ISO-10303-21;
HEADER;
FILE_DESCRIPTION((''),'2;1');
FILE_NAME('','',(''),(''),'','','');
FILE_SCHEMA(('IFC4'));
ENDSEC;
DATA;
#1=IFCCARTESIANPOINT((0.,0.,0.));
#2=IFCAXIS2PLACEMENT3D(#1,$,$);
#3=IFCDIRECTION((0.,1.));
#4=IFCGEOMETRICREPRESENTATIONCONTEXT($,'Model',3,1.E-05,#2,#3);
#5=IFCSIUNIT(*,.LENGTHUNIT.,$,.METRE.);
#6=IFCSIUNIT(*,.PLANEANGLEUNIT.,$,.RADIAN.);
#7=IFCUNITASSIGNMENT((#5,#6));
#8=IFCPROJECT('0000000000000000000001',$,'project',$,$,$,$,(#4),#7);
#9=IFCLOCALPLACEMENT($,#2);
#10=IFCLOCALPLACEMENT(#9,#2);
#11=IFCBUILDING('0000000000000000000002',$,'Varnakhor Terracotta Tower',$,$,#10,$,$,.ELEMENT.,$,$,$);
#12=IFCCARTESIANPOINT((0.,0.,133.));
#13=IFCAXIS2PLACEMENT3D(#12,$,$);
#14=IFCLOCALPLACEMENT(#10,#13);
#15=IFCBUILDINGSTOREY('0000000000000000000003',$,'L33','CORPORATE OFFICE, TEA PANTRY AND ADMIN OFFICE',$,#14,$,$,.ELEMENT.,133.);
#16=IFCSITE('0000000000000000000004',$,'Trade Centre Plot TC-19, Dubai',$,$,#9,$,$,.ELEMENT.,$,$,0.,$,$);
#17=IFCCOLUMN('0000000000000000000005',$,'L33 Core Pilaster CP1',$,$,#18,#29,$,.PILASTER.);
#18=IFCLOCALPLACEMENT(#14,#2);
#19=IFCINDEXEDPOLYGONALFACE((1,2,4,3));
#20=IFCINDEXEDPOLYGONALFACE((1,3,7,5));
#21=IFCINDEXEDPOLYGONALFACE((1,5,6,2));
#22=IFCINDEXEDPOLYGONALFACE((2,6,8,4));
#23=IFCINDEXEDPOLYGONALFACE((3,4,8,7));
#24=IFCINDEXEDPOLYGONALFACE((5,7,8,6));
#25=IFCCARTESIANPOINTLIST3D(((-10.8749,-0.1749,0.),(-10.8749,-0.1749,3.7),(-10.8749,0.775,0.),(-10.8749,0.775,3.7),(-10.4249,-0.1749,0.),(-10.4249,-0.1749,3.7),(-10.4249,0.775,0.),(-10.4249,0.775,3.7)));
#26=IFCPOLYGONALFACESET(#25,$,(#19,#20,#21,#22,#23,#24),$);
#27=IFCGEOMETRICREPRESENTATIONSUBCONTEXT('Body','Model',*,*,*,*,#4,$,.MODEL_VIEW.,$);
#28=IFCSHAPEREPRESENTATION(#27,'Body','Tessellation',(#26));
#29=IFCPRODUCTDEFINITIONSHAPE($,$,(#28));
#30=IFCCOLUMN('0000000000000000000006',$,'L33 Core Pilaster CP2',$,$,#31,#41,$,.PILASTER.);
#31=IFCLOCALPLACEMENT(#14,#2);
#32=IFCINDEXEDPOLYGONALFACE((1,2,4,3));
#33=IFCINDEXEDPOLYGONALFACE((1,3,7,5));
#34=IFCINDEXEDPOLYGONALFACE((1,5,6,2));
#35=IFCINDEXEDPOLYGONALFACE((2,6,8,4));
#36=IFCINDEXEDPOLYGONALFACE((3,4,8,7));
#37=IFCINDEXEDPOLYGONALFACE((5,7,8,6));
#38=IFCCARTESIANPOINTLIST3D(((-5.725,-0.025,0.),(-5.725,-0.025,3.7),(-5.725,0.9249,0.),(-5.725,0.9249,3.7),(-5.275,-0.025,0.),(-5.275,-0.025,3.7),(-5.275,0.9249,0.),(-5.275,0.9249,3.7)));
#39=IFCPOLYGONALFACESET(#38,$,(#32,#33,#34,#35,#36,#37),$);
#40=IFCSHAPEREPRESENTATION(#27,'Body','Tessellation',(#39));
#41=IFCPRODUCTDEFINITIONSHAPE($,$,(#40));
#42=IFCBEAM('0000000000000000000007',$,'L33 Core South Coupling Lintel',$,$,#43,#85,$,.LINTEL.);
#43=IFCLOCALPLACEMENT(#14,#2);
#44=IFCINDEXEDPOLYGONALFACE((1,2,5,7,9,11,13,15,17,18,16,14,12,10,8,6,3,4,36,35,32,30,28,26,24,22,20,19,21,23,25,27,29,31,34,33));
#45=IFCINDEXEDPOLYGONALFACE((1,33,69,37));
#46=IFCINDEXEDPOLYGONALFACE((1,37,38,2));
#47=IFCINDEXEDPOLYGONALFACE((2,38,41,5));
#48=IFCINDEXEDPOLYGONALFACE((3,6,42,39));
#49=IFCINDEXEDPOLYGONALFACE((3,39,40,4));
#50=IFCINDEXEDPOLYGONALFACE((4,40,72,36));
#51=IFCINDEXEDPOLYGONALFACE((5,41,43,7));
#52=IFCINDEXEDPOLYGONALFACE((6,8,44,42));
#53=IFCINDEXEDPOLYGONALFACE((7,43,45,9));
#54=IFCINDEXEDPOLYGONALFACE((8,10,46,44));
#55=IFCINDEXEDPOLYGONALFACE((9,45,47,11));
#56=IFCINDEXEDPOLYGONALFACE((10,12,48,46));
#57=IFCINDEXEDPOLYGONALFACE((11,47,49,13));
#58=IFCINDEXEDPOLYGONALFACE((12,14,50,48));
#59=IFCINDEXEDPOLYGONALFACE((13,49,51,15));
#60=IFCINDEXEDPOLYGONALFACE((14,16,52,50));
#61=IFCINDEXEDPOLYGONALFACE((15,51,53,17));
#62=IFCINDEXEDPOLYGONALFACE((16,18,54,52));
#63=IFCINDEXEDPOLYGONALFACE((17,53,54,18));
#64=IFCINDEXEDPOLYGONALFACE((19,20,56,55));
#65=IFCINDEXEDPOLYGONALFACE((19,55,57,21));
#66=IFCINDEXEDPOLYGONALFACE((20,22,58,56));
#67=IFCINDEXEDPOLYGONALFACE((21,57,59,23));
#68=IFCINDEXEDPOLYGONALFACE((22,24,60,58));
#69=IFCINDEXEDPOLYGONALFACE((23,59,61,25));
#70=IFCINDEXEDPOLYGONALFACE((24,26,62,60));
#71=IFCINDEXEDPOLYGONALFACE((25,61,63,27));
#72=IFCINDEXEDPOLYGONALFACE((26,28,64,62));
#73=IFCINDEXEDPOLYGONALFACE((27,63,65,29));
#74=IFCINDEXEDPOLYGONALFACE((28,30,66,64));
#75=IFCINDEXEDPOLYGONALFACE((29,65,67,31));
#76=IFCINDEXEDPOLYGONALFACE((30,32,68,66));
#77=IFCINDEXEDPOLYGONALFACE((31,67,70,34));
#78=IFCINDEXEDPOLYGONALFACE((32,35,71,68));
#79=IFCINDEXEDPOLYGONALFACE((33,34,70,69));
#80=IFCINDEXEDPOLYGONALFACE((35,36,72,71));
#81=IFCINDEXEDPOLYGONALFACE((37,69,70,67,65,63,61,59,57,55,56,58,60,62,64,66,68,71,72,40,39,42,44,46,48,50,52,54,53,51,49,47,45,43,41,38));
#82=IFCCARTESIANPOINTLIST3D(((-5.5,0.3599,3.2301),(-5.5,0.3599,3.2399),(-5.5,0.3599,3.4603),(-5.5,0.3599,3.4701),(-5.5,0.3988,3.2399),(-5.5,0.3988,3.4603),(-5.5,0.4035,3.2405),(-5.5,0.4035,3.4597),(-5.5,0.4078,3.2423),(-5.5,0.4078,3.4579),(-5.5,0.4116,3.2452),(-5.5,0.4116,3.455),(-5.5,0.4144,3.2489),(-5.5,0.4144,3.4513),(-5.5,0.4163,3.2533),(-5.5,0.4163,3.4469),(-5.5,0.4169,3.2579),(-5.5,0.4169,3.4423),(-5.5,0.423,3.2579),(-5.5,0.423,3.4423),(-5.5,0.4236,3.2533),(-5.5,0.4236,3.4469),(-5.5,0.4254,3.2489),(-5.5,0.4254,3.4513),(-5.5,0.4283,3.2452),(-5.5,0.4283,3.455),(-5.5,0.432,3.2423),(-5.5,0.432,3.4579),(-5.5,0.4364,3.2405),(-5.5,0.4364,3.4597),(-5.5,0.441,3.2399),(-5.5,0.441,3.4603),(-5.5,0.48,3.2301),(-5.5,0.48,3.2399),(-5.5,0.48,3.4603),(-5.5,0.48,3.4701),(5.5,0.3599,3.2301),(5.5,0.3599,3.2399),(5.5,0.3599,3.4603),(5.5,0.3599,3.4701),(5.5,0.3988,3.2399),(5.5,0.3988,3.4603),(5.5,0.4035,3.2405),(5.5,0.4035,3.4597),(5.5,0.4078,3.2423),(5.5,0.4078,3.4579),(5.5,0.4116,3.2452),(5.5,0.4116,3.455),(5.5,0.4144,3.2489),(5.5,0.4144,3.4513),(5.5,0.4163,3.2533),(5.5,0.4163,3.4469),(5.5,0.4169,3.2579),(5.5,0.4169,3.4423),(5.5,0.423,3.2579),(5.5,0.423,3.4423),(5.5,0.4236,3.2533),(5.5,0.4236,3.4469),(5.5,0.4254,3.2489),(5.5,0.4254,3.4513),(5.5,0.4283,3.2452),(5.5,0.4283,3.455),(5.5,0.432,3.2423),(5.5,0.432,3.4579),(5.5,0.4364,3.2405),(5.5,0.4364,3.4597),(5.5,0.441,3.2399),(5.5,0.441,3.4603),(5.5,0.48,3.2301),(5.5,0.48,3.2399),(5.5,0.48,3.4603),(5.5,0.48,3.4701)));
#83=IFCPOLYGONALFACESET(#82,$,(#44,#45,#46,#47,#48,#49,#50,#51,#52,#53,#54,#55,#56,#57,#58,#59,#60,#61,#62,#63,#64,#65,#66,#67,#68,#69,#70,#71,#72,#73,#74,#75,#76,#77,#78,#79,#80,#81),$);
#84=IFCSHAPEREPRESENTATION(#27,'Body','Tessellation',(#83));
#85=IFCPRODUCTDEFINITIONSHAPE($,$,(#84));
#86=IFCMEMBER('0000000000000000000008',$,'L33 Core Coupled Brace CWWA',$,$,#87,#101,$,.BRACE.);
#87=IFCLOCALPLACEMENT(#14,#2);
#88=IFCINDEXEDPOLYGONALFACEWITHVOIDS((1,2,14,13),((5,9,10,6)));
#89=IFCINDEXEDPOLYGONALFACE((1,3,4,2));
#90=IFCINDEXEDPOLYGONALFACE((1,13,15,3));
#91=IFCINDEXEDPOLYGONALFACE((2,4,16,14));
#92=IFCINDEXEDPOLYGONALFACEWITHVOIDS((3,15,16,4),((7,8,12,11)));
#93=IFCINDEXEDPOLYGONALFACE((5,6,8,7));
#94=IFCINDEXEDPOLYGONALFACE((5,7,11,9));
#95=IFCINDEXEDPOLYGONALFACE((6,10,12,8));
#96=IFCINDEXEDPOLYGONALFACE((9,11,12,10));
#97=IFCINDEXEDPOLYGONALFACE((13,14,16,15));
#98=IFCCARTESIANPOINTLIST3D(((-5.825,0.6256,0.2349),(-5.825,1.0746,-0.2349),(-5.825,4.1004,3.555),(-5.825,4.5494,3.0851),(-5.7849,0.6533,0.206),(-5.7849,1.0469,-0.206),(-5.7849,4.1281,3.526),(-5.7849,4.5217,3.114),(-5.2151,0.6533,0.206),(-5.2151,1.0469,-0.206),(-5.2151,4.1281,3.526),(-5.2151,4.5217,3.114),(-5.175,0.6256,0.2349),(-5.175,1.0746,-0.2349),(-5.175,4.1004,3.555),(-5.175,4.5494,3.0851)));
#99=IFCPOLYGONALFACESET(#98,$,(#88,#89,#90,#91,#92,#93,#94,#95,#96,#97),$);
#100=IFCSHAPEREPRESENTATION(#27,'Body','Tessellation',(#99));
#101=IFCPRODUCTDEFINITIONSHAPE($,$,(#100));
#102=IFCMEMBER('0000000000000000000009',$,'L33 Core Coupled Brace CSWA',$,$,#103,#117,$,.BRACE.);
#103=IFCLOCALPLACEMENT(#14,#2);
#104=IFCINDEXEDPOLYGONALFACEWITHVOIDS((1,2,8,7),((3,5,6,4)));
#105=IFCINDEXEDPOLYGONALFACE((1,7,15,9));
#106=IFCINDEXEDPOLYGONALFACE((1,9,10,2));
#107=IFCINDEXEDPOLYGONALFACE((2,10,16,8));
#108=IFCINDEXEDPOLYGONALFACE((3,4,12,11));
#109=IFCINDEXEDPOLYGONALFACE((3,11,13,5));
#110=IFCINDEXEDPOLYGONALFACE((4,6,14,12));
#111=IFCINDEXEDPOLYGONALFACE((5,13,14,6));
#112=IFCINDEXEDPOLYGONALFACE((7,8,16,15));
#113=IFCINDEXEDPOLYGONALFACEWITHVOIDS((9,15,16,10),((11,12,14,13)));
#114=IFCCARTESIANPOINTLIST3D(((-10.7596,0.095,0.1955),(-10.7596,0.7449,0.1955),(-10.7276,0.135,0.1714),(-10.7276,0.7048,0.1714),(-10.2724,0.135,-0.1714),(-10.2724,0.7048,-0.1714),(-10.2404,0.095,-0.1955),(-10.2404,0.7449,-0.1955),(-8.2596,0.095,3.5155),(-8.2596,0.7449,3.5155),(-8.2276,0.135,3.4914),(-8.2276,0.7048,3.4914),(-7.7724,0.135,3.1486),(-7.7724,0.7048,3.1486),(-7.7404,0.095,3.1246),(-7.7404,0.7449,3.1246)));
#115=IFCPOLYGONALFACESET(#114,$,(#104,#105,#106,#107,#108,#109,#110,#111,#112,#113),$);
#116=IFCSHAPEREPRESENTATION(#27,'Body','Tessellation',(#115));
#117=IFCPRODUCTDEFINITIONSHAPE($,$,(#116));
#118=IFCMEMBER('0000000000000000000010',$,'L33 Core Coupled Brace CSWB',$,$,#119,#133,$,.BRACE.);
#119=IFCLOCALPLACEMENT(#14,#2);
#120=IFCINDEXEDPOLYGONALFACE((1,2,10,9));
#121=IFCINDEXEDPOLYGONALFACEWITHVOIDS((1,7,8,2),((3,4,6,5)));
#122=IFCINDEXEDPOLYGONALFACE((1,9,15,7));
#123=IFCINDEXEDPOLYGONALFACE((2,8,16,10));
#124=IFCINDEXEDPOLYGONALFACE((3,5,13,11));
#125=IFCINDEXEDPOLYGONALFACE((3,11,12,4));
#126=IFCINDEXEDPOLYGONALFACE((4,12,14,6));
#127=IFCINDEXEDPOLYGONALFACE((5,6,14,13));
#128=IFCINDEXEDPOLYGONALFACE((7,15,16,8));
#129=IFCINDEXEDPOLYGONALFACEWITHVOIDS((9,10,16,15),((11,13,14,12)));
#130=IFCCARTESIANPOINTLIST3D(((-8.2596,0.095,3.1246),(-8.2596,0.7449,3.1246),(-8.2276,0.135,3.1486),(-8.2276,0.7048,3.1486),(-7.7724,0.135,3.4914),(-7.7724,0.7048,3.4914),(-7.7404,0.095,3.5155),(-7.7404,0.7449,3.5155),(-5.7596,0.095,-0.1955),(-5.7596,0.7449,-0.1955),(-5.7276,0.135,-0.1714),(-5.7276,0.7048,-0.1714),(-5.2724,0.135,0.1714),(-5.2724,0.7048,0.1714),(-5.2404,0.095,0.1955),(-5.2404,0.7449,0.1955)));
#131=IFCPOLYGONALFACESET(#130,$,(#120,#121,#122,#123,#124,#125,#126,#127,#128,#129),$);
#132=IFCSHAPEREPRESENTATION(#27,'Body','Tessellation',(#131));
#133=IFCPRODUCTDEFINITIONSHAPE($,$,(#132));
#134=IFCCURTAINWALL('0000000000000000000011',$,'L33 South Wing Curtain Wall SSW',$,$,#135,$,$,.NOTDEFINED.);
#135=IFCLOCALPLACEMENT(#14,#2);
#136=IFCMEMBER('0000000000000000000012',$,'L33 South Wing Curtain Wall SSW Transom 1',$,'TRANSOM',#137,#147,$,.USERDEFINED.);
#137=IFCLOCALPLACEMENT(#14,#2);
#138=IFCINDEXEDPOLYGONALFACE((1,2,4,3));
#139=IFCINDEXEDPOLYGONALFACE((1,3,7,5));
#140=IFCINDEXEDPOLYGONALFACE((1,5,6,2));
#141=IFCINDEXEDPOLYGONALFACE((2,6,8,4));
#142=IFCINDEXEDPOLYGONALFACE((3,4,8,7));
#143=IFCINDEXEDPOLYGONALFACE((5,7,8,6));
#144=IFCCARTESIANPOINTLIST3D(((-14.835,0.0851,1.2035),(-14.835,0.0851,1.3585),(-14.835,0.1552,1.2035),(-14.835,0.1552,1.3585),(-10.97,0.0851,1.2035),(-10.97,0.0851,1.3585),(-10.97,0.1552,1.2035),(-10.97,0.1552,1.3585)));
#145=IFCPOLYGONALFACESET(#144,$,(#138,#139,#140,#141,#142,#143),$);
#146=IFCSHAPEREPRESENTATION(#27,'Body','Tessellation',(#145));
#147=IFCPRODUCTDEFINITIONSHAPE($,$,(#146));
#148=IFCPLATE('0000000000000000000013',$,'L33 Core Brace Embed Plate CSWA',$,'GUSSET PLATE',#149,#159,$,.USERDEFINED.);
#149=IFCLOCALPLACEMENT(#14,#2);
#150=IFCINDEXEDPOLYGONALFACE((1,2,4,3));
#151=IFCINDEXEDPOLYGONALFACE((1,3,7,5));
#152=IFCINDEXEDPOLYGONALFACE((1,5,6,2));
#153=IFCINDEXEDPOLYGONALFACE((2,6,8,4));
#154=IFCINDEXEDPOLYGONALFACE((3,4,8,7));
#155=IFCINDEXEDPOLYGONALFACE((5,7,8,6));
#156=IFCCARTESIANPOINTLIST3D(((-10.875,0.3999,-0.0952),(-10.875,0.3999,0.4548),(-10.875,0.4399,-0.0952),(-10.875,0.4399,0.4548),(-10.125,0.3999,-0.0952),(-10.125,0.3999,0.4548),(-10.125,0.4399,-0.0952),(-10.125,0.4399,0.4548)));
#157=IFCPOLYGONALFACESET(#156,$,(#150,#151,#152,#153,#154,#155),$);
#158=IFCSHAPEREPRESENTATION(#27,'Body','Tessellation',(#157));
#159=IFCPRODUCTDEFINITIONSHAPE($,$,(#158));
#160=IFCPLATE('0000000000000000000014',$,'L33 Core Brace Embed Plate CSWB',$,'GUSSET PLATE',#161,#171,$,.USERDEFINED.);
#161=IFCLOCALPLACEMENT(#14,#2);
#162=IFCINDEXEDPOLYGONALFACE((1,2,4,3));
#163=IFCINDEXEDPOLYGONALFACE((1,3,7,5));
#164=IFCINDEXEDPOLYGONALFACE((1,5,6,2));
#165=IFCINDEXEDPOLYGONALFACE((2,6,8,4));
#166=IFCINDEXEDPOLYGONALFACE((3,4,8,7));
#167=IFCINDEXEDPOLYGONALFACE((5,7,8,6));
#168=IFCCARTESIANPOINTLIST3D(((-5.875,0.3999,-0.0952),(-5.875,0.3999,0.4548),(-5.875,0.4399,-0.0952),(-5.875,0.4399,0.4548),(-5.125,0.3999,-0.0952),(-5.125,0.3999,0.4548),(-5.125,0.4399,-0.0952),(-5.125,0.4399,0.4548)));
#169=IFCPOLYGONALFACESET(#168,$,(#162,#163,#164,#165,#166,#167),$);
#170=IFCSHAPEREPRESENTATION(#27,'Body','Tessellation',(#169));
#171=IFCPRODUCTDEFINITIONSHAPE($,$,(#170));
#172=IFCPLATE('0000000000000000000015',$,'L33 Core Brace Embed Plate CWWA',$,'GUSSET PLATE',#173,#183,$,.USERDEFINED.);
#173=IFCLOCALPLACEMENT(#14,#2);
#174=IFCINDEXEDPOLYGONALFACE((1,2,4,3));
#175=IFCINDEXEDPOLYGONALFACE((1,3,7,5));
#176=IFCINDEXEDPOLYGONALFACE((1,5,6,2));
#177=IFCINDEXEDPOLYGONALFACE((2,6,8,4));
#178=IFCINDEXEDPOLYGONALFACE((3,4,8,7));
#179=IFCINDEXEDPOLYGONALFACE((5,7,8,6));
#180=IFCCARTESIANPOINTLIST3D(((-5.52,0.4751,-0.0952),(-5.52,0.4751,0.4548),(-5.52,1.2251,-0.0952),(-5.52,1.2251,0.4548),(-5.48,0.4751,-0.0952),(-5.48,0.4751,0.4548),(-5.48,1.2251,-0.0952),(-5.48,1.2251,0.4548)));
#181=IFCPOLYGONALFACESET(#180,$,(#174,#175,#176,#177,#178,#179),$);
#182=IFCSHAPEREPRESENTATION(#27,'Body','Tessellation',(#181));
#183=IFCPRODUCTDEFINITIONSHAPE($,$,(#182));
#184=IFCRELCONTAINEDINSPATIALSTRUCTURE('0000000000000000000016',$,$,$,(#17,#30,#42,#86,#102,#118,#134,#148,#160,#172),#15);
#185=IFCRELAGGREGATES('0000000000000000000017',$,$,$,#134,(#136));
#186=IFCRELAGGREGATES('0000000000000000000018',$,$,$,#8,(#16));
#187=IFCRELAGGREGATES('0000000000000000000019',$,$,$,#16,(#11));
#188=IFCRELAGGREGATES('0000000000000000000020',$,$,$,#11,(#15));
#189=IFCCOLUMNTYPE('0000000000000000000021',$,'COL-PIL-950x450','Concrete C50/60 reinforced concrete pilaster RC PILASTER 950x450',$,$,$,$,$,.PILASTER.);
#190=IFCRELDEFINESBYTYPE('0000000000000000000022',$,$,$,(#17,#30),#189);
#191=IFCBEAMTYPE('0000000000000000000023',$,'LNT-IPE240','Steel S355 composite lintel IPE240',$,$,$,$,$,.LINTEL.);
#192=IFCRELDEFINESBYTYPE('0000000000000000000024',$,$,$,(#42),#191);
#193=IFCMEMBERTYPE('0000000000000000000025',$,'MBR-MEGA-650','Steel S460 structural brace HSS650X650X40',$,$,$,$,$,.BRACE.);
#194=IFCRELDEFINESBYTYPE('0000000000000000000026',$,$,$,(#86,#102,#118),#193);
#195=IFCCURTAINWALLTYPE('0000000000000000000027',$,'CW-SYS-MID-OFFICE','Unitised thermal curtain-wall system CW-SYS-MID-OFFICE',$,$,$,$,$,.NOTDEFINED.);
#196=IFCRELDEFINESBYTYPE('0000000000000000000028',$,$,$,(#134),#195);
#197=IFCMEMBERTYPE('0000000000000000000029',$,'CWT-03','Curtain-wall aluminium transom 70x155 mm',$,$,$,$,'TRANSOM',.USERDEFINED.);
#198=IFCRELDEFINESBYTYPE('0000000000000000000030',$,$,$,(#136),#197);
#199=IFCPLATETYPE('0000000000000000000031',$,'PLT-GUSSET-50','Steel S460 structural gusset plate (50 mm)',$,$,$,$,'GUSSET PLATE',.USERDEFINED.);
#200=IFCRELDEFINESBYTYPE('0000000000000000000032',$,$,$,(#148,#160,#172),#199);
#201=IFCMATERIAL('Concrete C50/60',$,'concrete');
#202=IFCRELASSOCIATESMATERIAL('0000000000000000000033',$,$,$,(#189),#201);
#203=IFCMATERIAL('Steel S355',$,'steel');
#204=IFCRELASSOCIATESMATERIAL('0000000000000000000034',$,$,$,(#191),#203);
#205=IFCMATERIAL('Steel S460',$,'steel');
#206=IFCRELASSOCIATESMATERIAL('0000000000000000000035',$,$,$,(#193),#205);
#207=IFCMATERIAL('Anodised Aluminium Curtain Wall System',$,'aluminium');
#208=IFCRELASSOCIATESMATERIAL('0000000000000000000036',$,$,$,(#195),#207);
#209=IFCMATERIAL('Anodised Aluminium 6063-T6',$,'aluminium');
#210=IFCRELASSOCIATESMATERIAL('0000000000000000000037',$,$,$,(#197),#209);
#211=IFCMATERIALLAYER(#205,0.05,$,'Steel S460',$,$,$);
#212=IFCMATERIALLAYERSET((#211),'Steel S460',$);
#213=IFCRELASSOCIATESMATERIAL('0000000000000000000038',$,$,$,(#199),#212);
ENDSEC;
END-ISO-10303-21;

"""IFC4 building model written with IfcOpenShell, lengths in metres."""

from ifc_helpers import new_model, si_unit, direction, frame, origin, origin_2d, place, context, subcontext, project, spatial, rectangle, hollow_rectangle, i_section, extrude, source, transform, mapped, material, layer, layer_set, material_profile, profile_set, type_object, type_shapes, element, aggregate, save


model = new_model("IFC4")

# Units and contexts
model_context = context("Model", 3, precision=1e-05, world=origin(), true_north=direction((0.0, 1.0)))
body_context = subcontext(model_context, "Body", "Model", "MODEL_VIEW")
ifc_project = project(units=[si_unit("LENGTHUNIT", "METRE"), si_unit("PLANEANGLEUNIT", "RADIAN")], contexts=[model_context])

# Site, building, storey
site_placement = place(None, origin())
site = spatial("IfcSite", under=ifc_project, at=site_placement, Name="Trade Centre Plot TC-19, Dubai", CompositionType="ELEMENT", RefElevation=0.0)
building_placement = place(site_placement, origin())
building = spatial("IfcBuilding", under=site, at=building_placement, Name="Varnakhor Terracotta Tower", CompositionType="ELEMENT")
storey_placement = place(building_placement, frame((0.0, 0.0, 133.0)))
storey = spatial("IfcBuildingStorey", under=building, at=storey_placement, Name="L33", Description="CORPORATE OFFICE, TEA PANTRY AND ADMIN OFFICE", CompositionType="ELEMENT", Elevation=133.0)

# Columns
ifc_material_1 = material(Name="Concrete C50/60", Category="concrete")
ifc_material_profile_1 = material_profile(ifc_material_1, rectangle(XDim=0.45, YDim=0.95, at=origin_2d()), Name="RC PILASTER 950x450")
ifc_profile_set_1 = profile_set([ifc_material_profile_1], Name="Concrete C50/60")
column_type = type_object("IfcColumnType", Name="COL-PIL-950x450", Description="Concrete C50/60 reinforced concrete pilaster RC PILASTER 950x450", PredefinedType="PILASTER", material=ifc_profile_set_1)
shared_shape_1 = source(origin(), body_context, "Body", "SweptSolid", [
    extrude(rectangle(XDim=0.45, YDim=0.95, at=origin_2d()), origin(), (0.0, 0.0, 1.0), 3.7),
])
for number, where, z_axis, x_axis, name in (
    (1, (-10.6499, 0.3, 0.0), (0.0, 0.0, 1.0), (1.0, 0.0, 0.0), "L33 Core Pilaster CP1"),
    (2, (-5.5, 0.45, 0.0), (0.0, 0.0, 1.0), (1.0, 0.0, 0.0), "L33 Core Pilaster CP2"),
):
    element("IfcColumn", number, at=place(storey_placement, frame(where, z_axis=z_axis, x_axis=x_axis)), inside=storey, type_object=column_type, Name=name, PredefinedType="PILASTER", context=body_context, shape_type="MappedRepresentation", body=[
        mapped(shared_shape_1, transform((0.0, 0.0, 0.0), scale=1.0)),
    ])

# Beam
ifc_material_2 = material(Name="Steel S355", Category="steel")
ifc_material_profile_2 = material_profile(ifc_material_2, i_section(OverallWidth=0.1201, OverallDepth=0.24, WebThickness=0.0061, FlangeThickness=0.0098, FilletRadius=0.0181, at=origin_2d()), Name="IPE240")
ifc_profile_set_2 = profile_set([ifc_material_profile_2], Name="Steel S355")
beam_type = type_object("IfcBeamType", Name="LNT-IPE240", Description="Steel S355 composite lintel IPE240", PredefinedType="LINTEL", material=ifc_profile_set_2)
shared_shape_2 = source(origin(), body_context, "Body", "SweptSolid", [
    extrude(i_section(OverallWidth=0.1201, OverallDepth=0.24, WebThickness=0.0061, FlangeThickness=0.0098, FilletRadius=0.0181, at=origin_2d()), origin(), (0.0, 0.0, 1.0), 11.0),
])
type_shapes(beam_type, [shared_shape_2])
beam_placement = place(storey_placement, frame((-5.5, 0.4199, 3.3501), z_axis=(1.0, 0.0, 0.0), x_axis=(0.0, 1.0, 0.0)))
element("IfcBeam", 3, at=beam_placement, inside=storey, type_object=beam_type, Name="L33 Core South Coupling Lintel", PredefinedType="LINTEL", context=body_context, shape_type="MappedRepresentation", body=[
    mapped(shared_shape_2, transform((0.0, 0.0, 0.0), scale=1.0)),
])

# Members
ifc_material_3 = material(Name="Steel S460", Category="steel")
ifc_material_profile_3 = material_profile(ifc_material_3, hollow_rectangle(XDim=0.6499, YDim=0.6499, WallThickness=0.04, at=origin_2d()), Name="HSS650X650X40")
ifc_profile_set_3 = profile_set([ifc_material_profile_3], Name="Steel S460")
member_type_1 = type_object("IfcMemberType", Name="MBR-MEGA-650", Description="Steel S460 structural brace HSS650X650X40", PredefinedType="BRACE", material=ifc_profile_set_3)
shared_shape_3 = source(origin(), body_context, "Body", "SweptSolid", [
    extrude(hollow_rectangle(XDim=0.6499, YDim=0.6499, WallThickness=0.04, at=origin_2d()), origin(), (0.0, 0.0, 1.0), 4.8059),
])
member_1_placement = place(storey_placement, frame((-5.5, 0.8501, 0.0), z_axis=(0.0, 0.723027, 0.69082), x_axis=(-1.0, 0.0, 0.0)))
element("IfcMember", 4, at=member_1_placement, inside=storey, type_object=member_type_1, Name="L33 Core Coupled Brace CWWA", PredefinedType="BRACE", context=body_context, shape_type="MappedRepresentation", body=[
    mapped(shared_shape_3, transform((0.0, 0.0, 0.0), scale=1.0)),
])
shared_shape_4 = source(origin(), body_context, "Body", "SweptSolid", [
    extrude(hollow_rectangle(XDim=0.6499, YDim=0.6499, WallThickness=0.04, at=origin_2d()), origin(), (0.0, 0.0, 1.0), 4.156),
])
for number, where, z_axis, x_axis, name in (
    (5, (-10.5, 0.4199, 0.0), (0.601531, 0.0, 0.79885), (0.0, 1.0, 0.0), "L33 Core Coupled Brace CSWA"),
    (6, (-5.5, 0.4199, 0.0), (-0.601531, 0.0, 0.79885), (0.0, -1.0, 0.0), "L33 Core Coupled Brace CSWB"),
):
    element("IfcMember", number, at=place(storey_placement, frame(where, z_axis=z_axis, x_axis=x_axis)), inside=storey, type_object=member_type_1, Name=name, PredefinedType="BRACE", context=body_context, shape_type="MappedRepresentation", body=[
        mapped(shared_shape_4, transform((0.0, 0.0, 0.0), scale=1.0)),
    ])

# Curtain wall, member
ifc_material_4 = material(Name="Anodised Aluminium Curtain Wall System", Category="aluminium")
curtain_wall_type = type_object("IfcCurtainWallType", Name="CW-SYS-MID-OFFICE", Description="Unitised thermal curtain-wall system CW-SYS-MID-OFFICE", PredefinedType="NOTDEFINED", material=ifc_material_4)
curtain_wall_placement = place(storey_placement, origin())
curtain_wall = element("IfcCurtainWall", 7, at=curtain_wall_placement, inside=storey, type_object=curtain_wall_type, Name="L33 South Wing Curtain Wall SSW", PredefinedType="NOTDEFINED")
ifc_material_5 = material(Name="Anodised Aluminium 6063-T6", Category="aluminium")
ifc_material_profile_4 = material_profile(ifc_material_5, rectangle(XDim=0.0701, YDim=0.155, at=origin_2d()), Name="ALU TRANSOM 70x155")
ifc_profile_set_4 = profile_set([ifc_material_profile_4], Name="Anodised Aluminium 6063-T6")
member_type_2 = type_object("IfcMemberType", Name="CWT-03", Description="Curtain-wall aluminium transom 70x155 mm", ElementType="TRANSOM", PredefinedType="USERDEFINED", material=ifc_profile_set_4)
shared_shape_5 = source(origin(), body_context, "Body", "SweptSolid", [
    extrude(rectangle(XDim=0.0701, YDim=0.155, at=origin_2d()), origin(), (0.0, 0.0, 1.0), 3.865),
])
member_2_placement = place(storey_placement, frame((-10.97, 0.1201, 1.281), z_axis=(-1.0, 0.0, 0.0), x_axis=(0.0, -1.0, 0.0)))
member_2 = element("IfcMember", 8, at=member_2_placement, type_object=member_type_2, Name="L33 South Wing Curtain Wall SSW Transom 1", ObjectType="TRANSOM", PredefinedType="USERDEFINED", context=body_context, shape_type="MappedRepresentation", body=[
    mapped(shared_shape_5, transform((0.0, 0.0, 0.0), scale=1.0)),
])
aggregate(curtain_wall, [member_2])

# Plates
ifc_layer_1 = layer(ifc_material_3, 0.05, Name="Steel S460")
ifc_layer_set_1 = layer_set([ifc_layer_1], Name="Steel S460")
plate_type = type_object("IfcPlateType", Name="PLT-GUSSET-50", Description="Steel S460 structural gusset plate (50 mm)", ElementType="GUSSET PLATE", PredefinedType="USERDEFINED", material=ifc_layer_set_1)
shared_shape_6 = source(origin(), body_context, "Body", "SweptSolid", [
    extrude(rectangle(XDim=0.75, YDim=0.04, at=origin_2d()), origin(), (0.0, 0.0, 1.0), 0.55),
])
type_shapes(plate_type, [shared_shape_6])
for number, where, z_axis, x_axis, name in (
    (9, (-10.5, 0.4199, -0.0952), (0.0, 0.0, 1.0), (1.0, 0.0, 0.0), "L33 Core Brace Embed Plate CSWA"),
    (10, (-5.5, 0.4199, -0.0952), (0.0, 0.0, 1.0), (1.0, 0.0, 0.0), "L33 Core Brace Embed Plate CSWB"),
    (11, (-5.5, 0.8501, -0.0952), (0.0, 0.0, 1.0), (0.0, 1.0, 0.0), "L33 Core Brace Embed Plate CWWA"),
):
    element("IfcPlate", number, at=place(storey_placement, frame(where, z_axis=z_axis, x_axis=x_axis)), inside=storey, type_object=plate_type, Name=name, ObjectType="GUSSET PLATE", PredefinedType="USERDEFINED", context=body_context, shape_type="MappedRepresentation", body=[
        mapped(shared_shape_6, transform((0.0, 0.0, 0.0), scale=1.0)),
    ])

save(model, "model.ifc")
